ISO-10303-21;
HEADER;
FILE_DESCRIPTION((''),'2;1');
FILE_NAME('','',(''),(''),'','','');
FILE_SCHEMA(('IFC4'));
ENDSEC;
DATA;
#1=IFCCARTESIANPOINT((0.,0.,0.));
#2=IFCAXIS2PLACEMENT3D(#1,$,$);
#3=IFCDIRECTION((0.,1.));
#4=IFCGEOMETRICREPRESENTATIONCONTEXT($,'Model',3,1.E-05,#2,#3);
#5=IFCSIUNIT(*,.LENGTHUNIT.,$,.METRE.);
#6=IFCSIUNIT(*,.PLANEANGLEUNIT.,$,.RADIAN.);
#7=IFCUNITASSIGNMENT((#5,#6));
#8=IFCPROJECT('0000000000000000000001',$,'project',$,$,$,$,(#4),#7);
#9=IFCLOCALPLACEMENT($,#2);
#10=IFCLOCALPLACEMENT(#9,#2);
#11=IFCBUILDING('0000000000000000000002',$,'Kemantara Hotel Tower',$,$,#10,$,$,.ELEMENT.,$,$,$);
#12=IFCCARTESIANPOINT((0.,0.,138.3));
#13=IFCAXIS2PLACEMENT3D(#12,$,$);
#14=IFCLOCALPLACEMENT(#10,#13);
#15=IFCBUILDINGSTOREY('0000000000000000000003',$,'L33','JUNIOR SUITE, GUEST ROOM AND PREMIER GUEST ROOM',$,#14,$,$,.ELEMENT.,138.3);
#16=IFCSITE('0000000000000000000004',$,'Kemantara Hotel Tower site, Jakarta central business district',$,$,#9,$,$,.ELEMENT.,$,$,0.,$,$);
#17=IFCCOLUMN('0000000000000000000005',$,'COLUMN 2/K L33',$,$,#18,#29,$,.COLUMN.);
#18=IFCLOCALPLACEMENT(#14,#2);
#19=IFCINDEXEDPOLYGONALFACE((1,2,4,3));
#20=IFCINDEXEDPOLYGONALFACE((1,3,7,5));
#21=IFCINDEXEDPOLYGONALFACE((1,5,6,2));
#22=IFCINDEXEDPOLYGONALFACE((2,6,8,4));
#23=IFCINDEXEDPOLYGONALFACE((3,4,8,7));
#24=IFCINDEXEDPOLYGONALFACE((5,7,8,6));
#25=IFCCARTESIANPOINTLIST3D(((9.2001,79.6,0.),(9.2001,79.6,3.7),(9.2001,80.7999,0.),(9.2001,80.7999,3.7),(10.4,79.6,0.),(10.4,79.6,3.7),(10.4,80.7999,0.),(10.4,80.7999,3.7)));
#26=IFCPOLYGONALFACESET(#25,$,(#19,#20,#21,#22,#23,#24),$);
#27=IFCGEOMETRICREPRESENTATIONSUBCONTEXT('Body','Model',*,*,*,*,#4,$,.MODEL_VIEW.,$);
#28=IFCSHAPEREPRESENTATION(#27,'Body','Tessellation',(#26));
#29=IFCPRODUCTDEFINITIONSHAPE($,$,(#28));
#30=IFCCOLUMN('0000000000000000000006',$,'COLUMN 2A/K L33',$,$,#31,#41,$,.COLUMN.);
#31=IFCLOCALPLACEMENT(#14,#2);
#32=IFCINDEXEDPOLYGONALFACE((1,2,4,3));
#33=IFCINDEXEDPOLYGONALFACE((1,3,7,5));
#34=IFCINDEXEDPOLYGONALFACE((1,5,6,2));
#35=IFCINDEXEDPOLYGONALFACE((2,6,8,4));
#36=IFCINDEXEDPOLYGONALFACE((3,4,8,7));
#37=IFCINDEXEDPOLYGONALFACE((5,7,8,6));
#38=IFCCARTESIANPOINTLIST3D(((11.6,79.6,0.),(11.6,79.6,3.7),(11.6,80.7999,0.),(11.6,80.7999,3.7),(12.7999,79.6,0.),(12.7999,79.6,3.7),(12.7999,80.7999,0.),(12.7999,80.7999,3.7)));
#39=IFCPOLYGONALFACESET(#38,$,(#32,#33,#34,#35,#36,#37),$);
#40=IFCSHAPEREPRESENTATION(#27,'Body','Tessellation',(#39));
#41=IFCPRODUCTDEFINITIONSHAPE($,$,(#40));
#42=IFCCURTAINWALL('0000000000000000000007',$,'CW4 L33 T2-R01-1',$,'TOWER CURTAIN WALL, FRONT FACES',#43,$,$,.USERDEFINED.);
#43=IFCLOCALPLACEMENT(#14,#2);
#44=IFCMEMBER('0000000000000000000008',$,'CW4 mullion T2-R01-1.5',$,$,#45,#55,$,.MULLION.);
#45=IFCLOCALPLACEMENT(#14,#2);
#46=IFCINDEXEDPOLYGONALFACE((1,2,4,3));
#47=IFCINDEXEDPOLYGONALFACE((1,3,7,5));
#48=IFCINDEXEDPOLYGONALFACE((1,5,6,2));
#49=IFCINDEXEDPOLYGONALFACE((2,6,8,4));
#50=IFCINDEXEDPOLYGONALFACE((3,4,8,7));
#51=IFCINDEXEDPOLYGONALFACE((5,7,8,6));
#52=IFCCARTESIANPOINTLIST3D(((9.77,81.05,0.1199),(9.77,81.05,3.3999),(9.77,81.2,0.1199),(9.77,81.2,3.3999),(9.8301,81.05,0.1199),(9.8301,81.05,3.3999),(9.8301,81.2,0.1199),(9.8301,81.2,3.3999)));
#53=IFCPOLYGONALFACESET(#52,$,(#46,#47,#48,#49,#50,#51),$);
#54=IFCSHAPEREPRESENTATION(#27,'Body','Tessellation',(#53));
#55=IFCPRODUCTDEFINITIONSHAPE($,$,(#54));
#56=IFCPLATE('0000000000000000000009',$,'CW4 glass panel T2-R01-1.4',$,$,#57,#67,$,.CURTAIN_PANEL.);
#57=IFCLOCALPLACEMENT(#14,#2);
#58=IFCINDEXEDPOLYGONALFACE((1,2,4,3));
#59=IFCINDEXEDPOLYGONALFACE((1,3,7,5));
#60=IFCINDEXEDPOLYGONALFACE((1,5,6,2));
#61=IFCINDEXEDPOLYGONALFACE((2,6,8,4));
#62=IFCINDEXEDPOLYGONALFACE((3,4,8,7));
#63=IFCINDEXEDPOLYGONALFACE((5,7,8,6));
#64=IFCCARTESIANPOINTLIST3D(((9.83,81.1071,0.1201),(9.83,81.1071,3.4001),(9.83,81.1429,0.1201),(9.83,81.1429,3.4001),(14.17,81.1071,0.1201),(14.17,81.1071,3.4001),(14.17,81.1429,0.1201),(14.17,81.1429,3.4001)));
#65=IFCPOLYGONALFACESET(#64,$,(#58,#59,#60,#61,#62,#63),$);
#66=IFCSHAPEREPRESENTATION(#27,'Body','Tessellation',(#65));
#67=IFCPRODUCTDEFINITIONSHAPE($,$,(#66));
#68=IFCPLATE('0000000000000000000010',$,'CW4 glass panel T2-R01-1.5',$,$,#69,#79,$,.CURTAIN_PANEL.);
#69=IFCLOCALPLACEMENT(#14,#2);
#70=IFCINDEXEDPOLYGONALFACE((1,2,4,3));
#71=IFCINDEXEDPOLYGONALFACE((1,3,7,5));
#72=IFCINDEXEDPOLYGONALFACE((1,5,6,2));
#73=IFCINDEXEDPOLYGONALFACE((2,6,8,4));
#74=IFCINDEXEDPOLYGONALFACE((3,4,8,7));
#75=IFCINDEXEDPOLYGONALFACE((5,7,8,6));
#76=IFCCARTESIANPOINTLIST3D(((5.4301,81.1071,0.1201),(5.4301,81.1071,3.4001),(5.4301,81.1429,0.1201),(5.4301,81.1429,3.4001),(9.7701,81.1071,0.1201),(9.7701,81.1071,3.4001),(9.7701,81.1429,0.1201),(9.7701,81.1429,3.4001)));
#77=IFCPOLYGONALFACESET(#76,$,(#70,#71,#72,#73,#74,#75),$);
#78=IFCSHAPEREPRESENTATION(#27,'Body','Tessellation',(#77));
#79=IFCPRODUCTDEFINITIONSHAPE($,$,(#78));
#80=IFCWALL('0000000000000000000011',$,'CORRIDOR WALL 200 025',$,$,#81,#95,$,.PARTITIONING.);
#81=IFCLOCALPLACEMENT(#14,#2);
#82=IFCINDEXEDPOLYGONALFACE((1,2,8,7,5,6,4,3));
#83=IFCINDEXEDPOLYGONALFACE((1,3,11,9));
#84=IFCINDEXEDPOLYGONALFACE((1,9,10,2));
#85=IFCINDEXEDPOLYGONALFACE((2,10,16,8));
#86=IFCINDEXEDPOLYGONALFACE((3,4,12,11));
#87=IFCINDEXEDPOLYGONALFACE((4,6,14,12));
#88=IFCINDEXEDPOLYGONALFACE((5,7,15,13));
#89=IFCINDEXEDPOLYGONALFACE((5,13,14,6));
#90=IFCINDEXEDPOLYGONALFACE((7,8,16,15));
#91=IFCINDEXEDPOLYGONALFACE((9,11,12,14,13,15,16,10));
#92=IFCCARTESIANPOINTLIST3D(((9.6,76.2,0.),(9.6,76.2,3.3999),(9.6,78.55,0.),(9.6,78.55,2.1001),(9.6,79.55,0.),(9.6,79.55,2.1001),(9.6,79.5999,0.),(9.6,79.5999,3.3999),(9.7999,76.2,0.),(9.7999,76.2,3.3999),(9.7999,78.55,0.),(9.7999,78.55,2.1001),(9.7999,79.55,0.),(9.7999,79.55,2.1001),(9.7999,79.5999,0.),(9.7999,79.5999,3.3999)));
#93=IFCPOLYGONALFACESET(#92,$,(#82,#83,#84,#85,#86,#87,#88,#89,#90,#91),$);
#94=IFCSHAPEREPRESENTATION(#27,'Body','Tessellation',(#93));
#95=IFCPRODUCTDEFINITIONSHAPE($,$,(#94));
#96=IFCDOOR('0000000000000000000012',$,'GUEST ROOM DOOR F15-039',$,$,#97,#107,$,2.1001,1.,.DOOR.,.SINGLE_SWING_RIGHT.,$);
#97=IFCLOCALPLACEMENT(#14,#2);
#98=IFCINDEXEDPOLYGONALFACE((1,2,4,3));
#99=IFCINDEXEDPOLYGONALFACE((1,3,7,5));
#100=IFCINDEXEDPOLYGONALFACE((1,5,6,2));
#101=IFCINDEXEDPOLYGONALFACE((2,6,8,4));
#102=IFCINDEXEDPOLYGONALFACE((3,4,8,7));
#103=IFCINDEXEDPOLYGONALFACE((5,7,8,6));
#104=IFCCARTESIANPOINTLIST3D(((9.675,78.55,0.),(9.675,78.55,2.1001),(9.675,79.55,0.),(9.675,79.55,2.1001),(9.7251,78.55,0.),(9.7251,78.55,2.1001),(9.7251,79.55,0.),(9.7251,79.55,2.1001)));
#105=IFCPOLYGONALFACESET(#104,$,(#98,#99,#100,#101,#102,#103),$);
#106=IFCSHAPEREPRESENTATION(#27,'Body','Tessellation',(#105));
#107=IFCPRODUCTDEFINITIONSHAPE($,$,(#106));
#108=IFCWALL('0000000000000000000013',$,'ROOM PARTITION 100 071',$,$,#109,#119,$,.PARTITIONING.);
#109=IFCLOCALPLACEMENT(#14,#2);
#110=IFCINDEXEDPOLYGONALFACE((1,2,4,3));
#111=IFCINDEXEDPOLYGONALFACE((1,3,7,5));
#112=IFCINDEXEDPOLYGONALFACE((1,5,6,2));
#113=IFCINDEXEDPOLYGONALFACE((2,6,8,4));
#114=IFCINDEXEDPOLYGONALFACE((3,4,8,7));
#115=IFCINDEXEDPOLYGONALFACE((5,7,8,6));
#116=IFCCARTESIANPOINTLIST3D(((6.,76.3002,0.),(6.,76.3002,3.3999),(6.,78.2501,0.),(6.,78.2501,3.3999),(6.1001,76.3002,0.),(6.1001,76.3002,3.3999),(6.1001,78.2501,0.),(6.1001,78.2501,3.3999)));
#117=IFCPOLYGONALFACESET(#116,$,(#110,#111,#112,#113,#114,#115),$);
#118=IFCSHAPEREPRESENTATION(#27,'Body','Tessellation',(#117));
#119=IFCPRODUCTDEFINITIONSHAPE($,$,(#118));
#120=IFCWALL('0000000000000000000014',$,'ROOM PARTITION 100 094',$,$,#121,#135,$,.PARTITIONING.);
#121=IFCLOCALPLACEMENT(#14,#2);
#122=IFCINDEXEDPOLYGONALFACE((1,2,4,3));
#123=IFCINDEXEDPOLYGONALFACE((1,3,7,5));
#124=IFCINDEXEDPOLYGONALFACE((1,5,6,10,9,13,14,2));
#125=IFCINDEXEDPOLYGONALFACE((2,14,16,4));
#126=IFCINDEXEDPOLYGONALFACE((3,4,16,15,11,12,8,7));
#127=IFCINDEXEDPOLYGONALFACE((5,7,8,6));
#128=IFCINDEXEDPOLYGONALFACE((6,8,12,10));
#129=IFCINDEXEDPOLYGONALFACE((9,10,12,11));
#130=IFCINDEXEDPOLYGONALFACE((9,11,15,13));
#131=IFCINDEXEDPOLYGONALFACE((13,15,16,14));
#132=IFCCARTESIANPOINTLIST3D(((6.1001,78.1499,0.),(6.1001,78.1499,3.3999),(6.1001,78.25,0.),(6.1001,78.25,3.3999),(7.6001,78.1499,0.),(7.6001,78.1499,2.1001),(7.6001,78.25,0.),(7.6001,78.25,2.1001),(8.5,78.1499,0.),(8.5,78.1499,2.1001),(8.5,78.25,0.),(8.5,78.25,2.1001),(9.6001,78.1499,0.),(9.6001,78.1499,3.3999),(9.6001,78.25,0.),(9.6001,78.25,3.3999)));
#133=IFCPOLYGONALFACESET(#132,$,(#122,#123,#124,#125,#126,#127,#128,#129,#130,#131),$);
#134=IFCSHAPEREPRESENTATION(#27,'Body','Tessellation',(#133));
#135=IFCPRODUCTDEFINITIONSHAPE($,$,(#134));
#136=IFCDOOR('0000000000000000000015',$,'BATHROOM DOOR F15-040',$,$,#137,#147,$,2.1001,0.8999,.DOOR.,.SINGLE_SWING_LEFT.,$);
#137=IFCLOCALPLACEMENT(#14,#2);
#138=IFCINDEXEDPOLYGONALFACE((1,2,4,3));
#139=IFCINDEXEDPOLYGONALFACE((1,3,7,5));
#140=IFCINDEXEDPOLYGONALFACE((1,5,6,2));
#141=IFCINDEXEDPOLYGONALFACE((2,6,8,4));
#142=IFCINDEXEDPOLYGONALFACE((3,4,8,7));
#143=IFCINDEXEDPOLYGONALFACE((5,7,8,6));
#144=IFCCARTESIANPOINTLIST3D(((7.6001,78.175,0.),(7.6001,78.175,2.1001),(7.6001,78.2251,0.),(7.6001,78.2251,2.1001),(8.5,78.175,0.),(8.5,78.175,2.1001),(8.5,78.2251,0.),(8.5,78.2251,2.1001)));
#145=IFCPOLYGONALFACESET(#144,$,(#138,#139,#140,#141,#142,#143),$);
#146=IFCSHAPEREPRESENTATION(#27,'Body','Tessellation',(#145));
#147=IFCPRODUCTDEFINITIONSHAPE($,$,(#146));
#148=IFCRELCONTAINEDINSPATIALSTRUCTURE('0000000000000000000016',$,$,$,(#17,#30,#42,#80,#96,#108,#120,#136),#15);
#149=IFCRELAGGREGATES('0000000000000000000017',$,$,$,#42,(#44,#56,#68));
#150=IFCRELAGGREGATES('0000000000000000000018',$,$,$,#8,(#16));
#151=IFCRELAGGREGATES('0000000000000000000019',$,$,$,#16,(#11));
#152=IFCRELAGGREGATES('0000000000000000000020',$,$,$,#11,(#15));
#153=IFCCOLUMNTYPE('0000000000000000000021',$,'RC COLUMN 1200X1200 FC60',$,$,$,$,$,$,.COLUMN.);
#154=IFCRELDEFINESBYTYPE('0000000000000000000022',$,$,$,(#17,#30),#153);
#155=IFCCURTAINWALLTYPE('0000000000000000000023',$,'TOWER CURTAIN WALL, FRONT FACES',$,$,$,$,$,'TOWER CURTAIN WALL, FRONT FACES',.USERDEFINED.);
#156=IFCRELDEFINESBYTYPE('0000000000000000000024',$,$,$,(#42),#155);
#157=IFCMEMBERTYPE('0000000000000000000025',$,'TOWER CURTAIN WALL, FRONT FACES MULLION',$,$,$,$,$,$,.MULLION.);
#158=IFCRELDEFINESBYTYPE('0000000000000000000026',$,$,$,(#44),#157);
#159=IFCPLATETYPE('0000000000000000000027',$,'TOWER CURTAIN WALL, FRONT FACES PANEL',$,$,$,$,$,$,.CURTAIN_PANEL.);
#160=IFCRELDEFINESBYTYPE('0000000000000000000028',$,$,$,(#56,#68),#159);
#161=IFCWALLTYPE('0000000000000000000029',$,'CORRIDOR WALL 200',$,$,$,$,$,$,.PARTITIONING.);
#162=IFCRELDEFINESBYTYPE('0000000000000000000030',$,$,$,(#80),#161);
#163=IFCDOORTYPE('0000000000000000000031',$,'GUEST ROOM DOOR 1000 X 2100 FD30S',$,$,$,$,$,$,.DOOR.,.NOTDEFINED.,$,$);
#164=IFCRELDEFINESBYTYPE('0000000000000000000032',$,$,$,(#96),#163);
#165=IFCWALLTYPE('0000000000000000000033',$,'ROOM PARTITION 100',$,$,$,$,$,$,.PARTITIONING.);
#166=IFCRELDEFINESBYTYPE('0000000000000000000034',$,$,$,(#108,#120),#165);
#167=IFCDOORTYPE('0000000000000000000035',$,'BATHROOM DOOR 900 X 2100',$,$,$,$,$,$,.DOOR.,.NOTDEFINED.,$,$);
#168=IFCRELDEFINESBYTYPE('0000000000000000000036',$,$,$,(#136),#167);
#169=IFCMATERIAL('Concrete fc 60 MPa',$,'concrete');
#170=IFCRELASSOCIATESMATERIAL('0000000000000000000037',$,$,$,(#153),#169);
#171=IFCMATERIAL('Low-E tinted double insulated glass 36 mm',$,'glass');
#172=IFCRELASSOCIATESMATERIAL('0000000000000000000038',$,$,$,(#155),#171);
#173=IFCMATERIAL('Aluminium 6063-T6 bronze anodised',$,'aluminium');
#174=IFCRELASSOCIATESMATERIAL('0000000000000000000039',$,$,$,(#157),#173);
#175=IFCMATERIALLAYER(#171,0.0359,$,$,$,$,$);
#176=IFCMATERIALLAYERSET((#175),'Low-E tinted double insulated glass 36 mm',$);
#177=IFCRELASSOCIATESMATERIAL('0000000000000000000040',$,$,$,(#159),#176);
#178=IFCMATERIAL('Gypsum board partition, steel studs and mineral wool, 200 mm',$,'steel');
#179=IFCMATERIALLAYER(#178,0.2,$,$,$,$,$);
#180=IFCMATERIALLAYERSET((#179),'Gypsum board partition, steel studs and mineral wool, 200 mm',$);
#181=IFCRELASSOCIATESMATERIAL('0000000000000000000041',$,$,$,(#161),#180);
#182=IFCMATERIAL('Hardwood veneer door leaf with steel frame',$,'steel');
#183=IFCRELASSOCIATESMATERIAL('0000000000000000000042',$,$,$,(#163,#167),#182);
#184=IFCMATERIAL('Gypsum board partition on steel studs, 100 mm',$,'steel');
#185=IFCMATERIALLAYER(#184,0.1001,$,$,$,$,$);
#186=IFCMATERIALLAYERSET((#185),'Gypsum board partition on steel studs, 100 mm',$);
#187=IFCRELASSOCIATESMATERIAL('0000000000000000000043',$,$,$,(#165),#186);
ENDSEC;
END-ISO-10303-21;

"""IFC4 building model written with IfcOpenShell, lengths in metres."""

from ifc_helpers import new_model, si_unit, direction, frame, frame_2d, origin, origin_2d, place, context, subcontext, project, spatial, rectangle, extrude, source, transform, mapped, material, layer, layer_set, material_profile, profile_set, type_object, element, fill, aggregate, save


model = new_model("IFC4")

# Units and contexts
model_context = context("Model", 3, precision=1e-05, world=origin(), true_north=direction((0.0, 1.0)))
body_context = subcontext(model_context, "Body", "Model", "MODEL_VIEW")
ifc_project = project(units=[si_unit("LENGTHUNIT", "METRE"), si_unit("PLANEANGLEUNIT", "RADIAN")], contexts=[model_context])

# Site, building, storey
site_placement = place(None, origin())
site = spatial("IfcSite", under=ifc_project, at=site_placement, Name="Kemantara Hotel Tower site, Jakarta central business district", CompositionType="ELEMENT", RefElevation=0.0)
building_placement = place(site_placement, origin())
building = spatial("IfcBuilding", under=site, at=building_placement, Name="Kemantara Hotel Tower", CompositionType="ELEMENT")
storey_placement = place(building_placement, frame((0.0, 0.0, 138.3)))
storey = spatial("IfcBuildingStorey", under=building, at=storey_placement, Name="L33", Description="JUNIOR SUITE, GUEST ROOM AND PREMIER GUEST ROOM", CompositionType="ELEMENT", Elevation=138.3)

# Columns
ifc_material_1 = material(Name="Concrete fc 60 MPa", Category="concrete")
ifc_material_profile_1 = material_profile(ifc_material_1, rectangle(XDim=1.2, YDim=1.2, at=origin_2d()), Name="RC 1200X1200")
ifc_profile_set_1 = profile_set([ifc_material_profile_1], Name="Concrete fc 60 MPa")
column_type = type_object("IfcColumnType", Name="RC COLUMN 1200X1200 FC60", PredefinedType="COLUMN", material=ifc_profile_set_1)
for number, where, z_axis, x_axis, name in (
    (1, (9.8, 80.2, 0.0), (0.0, 0.0, 1.0), (1.0, 0.0, 0.0), "COLUMN 2/K L33"),
    (2, (12.2, 80.2, 0.0), (0.0, 0.0, 1.0), (1.0, 0.0, 0.0), "COLUMN 2A/K L33"),
):
    element("IfcColumn", number, at=place(storey_placement, frame(where, z_axis=z_axis, x_axis=x_axis)), inside=storey, type_object=column_type, Name=name, PredefinedType="COLUMN", context=body_context, shape_type="SweptSolid", body=[
        extrude(rectangle(XDim=1.2, YDim=1.2, at=origin_2d()), origin(), (0.0, 0.0, 1.0), 3.7),
    ])

# Curtain wall, member, plates
ifc_material_2 = material(Name="Low-E tinted double insulated glass 36 mm", Category="glass")
curtain_wall_type = type_object("IfcCurtainWallType", Name="TOWER CURTAIN WALL, FRONT FACES", ElementType="TOWER CURTAIN WALL, FRONT FACES", PredefinedType="USERDEFINED", material=ifc_material_2)
curtain_wall_placement = place(storey_placement, origin())
curtain_wall = element("IfcCurtainWall", 3, at=curtain_wall_placement, inside=storey, type_object=curtain_wall_type, Name="CW4 L33 T2-R01-1", ObjectType="TOWER CURTAIN WALL, FRONT FACES", PredefinedType="USERDEFINED")
ifc_material_3 = material(Name="Aluminium 6063-T6 bronze anodised", Category="aluminium")
ifc_material_profile_2 = material_profile(ifc_material_3, rectangle(XDim=0.1499, YDim=0.0601, at=origin_2d()), Name="TOWER CURTAIN WALL, FRONT FACES MULLION")
ifc_profile_set_2 = profile_set([ifc_material_profile_2], Name="Aluminium 6063-T6 bronze anodised")
member_type = type_object("IfcMemberType", Name="TOWER CURTAIN WALL, FRONT FACES MULLION", PredefinedType="MULLION", material=ifc_profile_set_2)
shared_shape_1 = source(origin(), body_context, "Body", "SweptSolid", [
    extrude(rectangle(XDim=0.1499, YDim=0.0601, at=origin_2d()), origin(), (0.0, 0.0, 1.0), 3.28),
])
member_placement = place(storey_placement, frame((9.8, 81.125, 0.1199), z_axis=(0.0, 0.0, 1.0), x_axis=(0.0, -1.0, 0.0)))
member = element("IfcMember", 4, at=member_placement, type_object=member_type, Name="CW4 mullion T2-R01-1.5", PredefinedType="MULLION", context=body_context, shape_type="MappedRepresentation", body=[
    mapped(shared_shape_1, transform((0.0, 0.0, 0.0))),
])
ifc_layer_1 = layer(ifc_material_2, 0.0359)
ifc_layer_set_1 = layer_set([ifc_layer_1], Name="Low-E tinted double insulated glass 36 mm")
plate_type = type_object("IfcPlateType", Name="TOWER CURTAIN WALL, FRONT FACES PANEL", PredefinedType="CURTAIN_PANEL", material=ifc_layer_set_1)
shared_shape_2 = source(origin(), body_context, "Body", "SweptSolid", [
    extrude(rectangle(XDim=4.3401, YDim=0.0359, at=origin_2d()), origin(), (0.0, 0.0, 1.0), 3.28),
])
plate_1_placement = place(storey_placement, frame((12.0, 81.125, 0.1201), z_axis=(0.0, 0.0, 1.0), x_axis=(-1.0, 0.0, 0.0)))
plate_1 = element("IfcPlate", 5, at=plate_1_placement, type_object=plate_type, Name="CW4 glass panel T2-R01-1.4", PredefinedType="CURTAIN_PANEL", context=body_context, shape_type="MappedRepresentation", body=[
    mapped(shared_shape_2, transform((0.0, 0.0, 0.0))),
])
plate_2_placement = place(storey_placement, frame((7.6001, 81.125, 0.1201), z_axis=(0.0, 0.0, 1.0), x_axis=(-1.0, 0.0, 0.0)))
plate_2 = element("IfcPlate", 6, at=plate_2_placement, type_object=plate_type, Name="CW4 glass panel T2-R01-1.5", PredefinedType="CURTAIN_PANEL", context=body_context, shape_type="MappedRepresentation", body=[
    mapped(shared_shape_2, transform((0.0, 0.0, 0.0))),
])
aggregate(curtain_wall, [member, plate_1, plate_2])

# Wall, opening, door
ifc_material_4 = material(Name="Gypsum board partition, steel studs and mineral wool, 200 mm", Category="steel")
ifc_layer_2 = layer(ifc_material_4, 0.2)
ifc_layer_set_2 = layer_set([ifc_layer_2], Name="Gypsum board partition, steel studs and mineral wool, 200 mm")
wall_type_1 = type_object("IfcWallType", Name="CORRIDOR WALL 200", PredefinedType="PARTITIONING", material=ifc_layer_set_2)
wall_1_placement = place(storey_placement, frame((9.7, 76.2, 0.0), z_axis=(0.0, 0.0, 1.0), x_axis=(0.0, 1.0, 0.0)))
wall_1 = element("IfcWall", 7, at=wall_1_placement, inside=storey, type_object=wall_type_1, Name="CORRIDOR WALL 200 025", PredefinedType="PARTITIONING", context=body_context, shape_type="SweptSolid", body=[
    extrude(rectangle(XDim=3.3999, YDim=0.2, at=frame_2d((1.7, 0.0))), origin(), (0.0, 0.0, 1.0), 3.3999),
])
opening_1_placement = place(wall_1_placement, frame((2.3501, 0.0, 0.0)))
opening_1 = element("IfcOpeningElement", 8, at=opening_1_placement, cuts=wall_1, PredefinedType="OPENING", context=body_context, shape_type="SweptSolid", body=[
    extrude(rectangle(XDim=1.0, YDim=2.1001, at=frame_2d((0.5, 1.05))), frame((0.0, 0.1099, 0.0), z_axis=(0.0, -1.0, 0.0), x_axis=(1.0, 0.0, 0.0)), (0.0, 0.0, 1.0), 0.22),
])
ifc_material_5 = material(Name="Hardwood veneer door leaf with steel frame", Category="steel")
door_type_1 = type_object("IfcDoorType", Name="GUEST ROOM DOOR 1000 X 2100 FD30S", OperationType="NOTDEFINED", PredefinedType="DOOR", material=ifc_material_5)
door_1_placement = place(opening_1_placement, origin())
door_1 = element("IfcDoor", 9, at=door_1_placement, inside=storey, type_object=door_type_1, Name="GUEST ROOM DOOR F15-039", OperationType="SINGLE_SWING_RIGHT", OverallHeight=2.1001, OverallWidth=1.0, PredefinedType="DOOR", context=body_context, shape_type="SweptSolid", body=[
    extrude(rectangle(XDim=1.0, YDim=2.1001, at=frame_2d((0.5, 1.05))), frame((0.0, 0.0249, 0.0), z_axis=(0.0, -1.0, 0.0), x_axis=(1.0, 0.0, 0.0)), (0.0, 0.0, 1.0), 0.05),
])
fill(opening_1, door_1)

# Wall
ifc_material_6 = material(Name="Gypsum board partition on steel studs, 100 mm", Category="steel")
ifc_layer_3 = layer(ifc_material_6, 0.1001)
ifc_layer_set_3 = layer_set([ifc_layer_3], Name="Gypsum board partition on steel studs, 100 mm")
wall_type_2 = type_object("IfcWallType", Name="ROOM PARTITION 100", PredefinedType="PARTITIONING", material=ifc_layer_set_3)
wall_2_placement = place(storey_placement, frame((6.05, 76.3, 0.0), z_axis=(0.0, 0.0, 1.0), x_axis=(0.0, 1.0, 0.0)))
element("IfcWall", 10, at=wall_2_placement, inside=storey, type_object=wall_type_2, Name="ROOM PARTITION 100 071", PredefinedType="PARTITIONING", context=body_context, shape_type="SweptSolid", body=[
    extrude(rectangle(XDim=1.95, YDim=0.1001, at=frame_2d((0.9751, 0.0))), origin(), (0.0, 0.0, 1.0), 3.3999),
])

# Wall, opening, door
wall_3_placement = place(storey_placement, frame((9.6001, 78.2, 0.0), z_axis=(0.0, 0.0, 1.0), x_axis=(-1.0, 0.0, 0.0)))
wall_3 = element("IfcWall", 11, at=wall_3_placement, inside=storey, type_object=wall_type_2, Name="ROOM PARTITION 100 094", PredefinedType="PARTITIONING", context=body_context, shape_type="SweptSolid", body=[
    extrude(rectangle(XDim=3.5, YDim=0.1001, at=frame_2d((1.75, 0.0))), origin(), (0.0, 0.0, 1.0), 3.3999),
])
opening_2_placement = place(wall_3_placement, frame((1.1001, 0.0, 0.0)))
opening_2 = element("IfcOpeningElement", 12, at=opening_2_placement, cuts=wall_3, PredefinedType="OPENING", context=body_context, shape_type="SweptSolid", body=[
    extrude(rectangle(XDim=0.8999, YDim=2.1001, at=frame_2d((0.45, 1.05))), frame((0.0, 0.0601, 0.0), z_axis=(0.0, -1.0, 0.0), x_axis=(1.0, 0.0, 0.0)), (0.0, 0.0, 1.0), 0.1201),
])
door_type_2 = type_object("IfcDoorType", Name="BATHROOM DOOR 900 X 2100", OperationType="NOTDEFINED", PredefinedType="DOOR", material=ifc_material_5)
door_2_placement = place(opening_2_placement, origin())
door_2 = element("IfcDoor", 13, at=door_2_placement, inside=storey, type_object=door_type_2, Name="BATHROOM DOOR F15-040", OperationType="SINGLE_SWING_LEFT", OverallHeight=2.1001, OverallWidth=0.8999, PredefinedType="DOOR", context=body_context, shape_type="SweptSolid", body=[
    extrude(rectangle(XDim=0.8999, YDim=2.1001, at=frame_2d((0.45, 1.05))), frame((0.0, 0.0249, 0.0), z_axis=(0.0, -1.0, 0.0), x_axis=(1.0, 0.0, 0.0)), (0.0, 0.0, 1.0), 0.05),
])
fill(opening_2, door_2)

save(model, "model.ifc")
